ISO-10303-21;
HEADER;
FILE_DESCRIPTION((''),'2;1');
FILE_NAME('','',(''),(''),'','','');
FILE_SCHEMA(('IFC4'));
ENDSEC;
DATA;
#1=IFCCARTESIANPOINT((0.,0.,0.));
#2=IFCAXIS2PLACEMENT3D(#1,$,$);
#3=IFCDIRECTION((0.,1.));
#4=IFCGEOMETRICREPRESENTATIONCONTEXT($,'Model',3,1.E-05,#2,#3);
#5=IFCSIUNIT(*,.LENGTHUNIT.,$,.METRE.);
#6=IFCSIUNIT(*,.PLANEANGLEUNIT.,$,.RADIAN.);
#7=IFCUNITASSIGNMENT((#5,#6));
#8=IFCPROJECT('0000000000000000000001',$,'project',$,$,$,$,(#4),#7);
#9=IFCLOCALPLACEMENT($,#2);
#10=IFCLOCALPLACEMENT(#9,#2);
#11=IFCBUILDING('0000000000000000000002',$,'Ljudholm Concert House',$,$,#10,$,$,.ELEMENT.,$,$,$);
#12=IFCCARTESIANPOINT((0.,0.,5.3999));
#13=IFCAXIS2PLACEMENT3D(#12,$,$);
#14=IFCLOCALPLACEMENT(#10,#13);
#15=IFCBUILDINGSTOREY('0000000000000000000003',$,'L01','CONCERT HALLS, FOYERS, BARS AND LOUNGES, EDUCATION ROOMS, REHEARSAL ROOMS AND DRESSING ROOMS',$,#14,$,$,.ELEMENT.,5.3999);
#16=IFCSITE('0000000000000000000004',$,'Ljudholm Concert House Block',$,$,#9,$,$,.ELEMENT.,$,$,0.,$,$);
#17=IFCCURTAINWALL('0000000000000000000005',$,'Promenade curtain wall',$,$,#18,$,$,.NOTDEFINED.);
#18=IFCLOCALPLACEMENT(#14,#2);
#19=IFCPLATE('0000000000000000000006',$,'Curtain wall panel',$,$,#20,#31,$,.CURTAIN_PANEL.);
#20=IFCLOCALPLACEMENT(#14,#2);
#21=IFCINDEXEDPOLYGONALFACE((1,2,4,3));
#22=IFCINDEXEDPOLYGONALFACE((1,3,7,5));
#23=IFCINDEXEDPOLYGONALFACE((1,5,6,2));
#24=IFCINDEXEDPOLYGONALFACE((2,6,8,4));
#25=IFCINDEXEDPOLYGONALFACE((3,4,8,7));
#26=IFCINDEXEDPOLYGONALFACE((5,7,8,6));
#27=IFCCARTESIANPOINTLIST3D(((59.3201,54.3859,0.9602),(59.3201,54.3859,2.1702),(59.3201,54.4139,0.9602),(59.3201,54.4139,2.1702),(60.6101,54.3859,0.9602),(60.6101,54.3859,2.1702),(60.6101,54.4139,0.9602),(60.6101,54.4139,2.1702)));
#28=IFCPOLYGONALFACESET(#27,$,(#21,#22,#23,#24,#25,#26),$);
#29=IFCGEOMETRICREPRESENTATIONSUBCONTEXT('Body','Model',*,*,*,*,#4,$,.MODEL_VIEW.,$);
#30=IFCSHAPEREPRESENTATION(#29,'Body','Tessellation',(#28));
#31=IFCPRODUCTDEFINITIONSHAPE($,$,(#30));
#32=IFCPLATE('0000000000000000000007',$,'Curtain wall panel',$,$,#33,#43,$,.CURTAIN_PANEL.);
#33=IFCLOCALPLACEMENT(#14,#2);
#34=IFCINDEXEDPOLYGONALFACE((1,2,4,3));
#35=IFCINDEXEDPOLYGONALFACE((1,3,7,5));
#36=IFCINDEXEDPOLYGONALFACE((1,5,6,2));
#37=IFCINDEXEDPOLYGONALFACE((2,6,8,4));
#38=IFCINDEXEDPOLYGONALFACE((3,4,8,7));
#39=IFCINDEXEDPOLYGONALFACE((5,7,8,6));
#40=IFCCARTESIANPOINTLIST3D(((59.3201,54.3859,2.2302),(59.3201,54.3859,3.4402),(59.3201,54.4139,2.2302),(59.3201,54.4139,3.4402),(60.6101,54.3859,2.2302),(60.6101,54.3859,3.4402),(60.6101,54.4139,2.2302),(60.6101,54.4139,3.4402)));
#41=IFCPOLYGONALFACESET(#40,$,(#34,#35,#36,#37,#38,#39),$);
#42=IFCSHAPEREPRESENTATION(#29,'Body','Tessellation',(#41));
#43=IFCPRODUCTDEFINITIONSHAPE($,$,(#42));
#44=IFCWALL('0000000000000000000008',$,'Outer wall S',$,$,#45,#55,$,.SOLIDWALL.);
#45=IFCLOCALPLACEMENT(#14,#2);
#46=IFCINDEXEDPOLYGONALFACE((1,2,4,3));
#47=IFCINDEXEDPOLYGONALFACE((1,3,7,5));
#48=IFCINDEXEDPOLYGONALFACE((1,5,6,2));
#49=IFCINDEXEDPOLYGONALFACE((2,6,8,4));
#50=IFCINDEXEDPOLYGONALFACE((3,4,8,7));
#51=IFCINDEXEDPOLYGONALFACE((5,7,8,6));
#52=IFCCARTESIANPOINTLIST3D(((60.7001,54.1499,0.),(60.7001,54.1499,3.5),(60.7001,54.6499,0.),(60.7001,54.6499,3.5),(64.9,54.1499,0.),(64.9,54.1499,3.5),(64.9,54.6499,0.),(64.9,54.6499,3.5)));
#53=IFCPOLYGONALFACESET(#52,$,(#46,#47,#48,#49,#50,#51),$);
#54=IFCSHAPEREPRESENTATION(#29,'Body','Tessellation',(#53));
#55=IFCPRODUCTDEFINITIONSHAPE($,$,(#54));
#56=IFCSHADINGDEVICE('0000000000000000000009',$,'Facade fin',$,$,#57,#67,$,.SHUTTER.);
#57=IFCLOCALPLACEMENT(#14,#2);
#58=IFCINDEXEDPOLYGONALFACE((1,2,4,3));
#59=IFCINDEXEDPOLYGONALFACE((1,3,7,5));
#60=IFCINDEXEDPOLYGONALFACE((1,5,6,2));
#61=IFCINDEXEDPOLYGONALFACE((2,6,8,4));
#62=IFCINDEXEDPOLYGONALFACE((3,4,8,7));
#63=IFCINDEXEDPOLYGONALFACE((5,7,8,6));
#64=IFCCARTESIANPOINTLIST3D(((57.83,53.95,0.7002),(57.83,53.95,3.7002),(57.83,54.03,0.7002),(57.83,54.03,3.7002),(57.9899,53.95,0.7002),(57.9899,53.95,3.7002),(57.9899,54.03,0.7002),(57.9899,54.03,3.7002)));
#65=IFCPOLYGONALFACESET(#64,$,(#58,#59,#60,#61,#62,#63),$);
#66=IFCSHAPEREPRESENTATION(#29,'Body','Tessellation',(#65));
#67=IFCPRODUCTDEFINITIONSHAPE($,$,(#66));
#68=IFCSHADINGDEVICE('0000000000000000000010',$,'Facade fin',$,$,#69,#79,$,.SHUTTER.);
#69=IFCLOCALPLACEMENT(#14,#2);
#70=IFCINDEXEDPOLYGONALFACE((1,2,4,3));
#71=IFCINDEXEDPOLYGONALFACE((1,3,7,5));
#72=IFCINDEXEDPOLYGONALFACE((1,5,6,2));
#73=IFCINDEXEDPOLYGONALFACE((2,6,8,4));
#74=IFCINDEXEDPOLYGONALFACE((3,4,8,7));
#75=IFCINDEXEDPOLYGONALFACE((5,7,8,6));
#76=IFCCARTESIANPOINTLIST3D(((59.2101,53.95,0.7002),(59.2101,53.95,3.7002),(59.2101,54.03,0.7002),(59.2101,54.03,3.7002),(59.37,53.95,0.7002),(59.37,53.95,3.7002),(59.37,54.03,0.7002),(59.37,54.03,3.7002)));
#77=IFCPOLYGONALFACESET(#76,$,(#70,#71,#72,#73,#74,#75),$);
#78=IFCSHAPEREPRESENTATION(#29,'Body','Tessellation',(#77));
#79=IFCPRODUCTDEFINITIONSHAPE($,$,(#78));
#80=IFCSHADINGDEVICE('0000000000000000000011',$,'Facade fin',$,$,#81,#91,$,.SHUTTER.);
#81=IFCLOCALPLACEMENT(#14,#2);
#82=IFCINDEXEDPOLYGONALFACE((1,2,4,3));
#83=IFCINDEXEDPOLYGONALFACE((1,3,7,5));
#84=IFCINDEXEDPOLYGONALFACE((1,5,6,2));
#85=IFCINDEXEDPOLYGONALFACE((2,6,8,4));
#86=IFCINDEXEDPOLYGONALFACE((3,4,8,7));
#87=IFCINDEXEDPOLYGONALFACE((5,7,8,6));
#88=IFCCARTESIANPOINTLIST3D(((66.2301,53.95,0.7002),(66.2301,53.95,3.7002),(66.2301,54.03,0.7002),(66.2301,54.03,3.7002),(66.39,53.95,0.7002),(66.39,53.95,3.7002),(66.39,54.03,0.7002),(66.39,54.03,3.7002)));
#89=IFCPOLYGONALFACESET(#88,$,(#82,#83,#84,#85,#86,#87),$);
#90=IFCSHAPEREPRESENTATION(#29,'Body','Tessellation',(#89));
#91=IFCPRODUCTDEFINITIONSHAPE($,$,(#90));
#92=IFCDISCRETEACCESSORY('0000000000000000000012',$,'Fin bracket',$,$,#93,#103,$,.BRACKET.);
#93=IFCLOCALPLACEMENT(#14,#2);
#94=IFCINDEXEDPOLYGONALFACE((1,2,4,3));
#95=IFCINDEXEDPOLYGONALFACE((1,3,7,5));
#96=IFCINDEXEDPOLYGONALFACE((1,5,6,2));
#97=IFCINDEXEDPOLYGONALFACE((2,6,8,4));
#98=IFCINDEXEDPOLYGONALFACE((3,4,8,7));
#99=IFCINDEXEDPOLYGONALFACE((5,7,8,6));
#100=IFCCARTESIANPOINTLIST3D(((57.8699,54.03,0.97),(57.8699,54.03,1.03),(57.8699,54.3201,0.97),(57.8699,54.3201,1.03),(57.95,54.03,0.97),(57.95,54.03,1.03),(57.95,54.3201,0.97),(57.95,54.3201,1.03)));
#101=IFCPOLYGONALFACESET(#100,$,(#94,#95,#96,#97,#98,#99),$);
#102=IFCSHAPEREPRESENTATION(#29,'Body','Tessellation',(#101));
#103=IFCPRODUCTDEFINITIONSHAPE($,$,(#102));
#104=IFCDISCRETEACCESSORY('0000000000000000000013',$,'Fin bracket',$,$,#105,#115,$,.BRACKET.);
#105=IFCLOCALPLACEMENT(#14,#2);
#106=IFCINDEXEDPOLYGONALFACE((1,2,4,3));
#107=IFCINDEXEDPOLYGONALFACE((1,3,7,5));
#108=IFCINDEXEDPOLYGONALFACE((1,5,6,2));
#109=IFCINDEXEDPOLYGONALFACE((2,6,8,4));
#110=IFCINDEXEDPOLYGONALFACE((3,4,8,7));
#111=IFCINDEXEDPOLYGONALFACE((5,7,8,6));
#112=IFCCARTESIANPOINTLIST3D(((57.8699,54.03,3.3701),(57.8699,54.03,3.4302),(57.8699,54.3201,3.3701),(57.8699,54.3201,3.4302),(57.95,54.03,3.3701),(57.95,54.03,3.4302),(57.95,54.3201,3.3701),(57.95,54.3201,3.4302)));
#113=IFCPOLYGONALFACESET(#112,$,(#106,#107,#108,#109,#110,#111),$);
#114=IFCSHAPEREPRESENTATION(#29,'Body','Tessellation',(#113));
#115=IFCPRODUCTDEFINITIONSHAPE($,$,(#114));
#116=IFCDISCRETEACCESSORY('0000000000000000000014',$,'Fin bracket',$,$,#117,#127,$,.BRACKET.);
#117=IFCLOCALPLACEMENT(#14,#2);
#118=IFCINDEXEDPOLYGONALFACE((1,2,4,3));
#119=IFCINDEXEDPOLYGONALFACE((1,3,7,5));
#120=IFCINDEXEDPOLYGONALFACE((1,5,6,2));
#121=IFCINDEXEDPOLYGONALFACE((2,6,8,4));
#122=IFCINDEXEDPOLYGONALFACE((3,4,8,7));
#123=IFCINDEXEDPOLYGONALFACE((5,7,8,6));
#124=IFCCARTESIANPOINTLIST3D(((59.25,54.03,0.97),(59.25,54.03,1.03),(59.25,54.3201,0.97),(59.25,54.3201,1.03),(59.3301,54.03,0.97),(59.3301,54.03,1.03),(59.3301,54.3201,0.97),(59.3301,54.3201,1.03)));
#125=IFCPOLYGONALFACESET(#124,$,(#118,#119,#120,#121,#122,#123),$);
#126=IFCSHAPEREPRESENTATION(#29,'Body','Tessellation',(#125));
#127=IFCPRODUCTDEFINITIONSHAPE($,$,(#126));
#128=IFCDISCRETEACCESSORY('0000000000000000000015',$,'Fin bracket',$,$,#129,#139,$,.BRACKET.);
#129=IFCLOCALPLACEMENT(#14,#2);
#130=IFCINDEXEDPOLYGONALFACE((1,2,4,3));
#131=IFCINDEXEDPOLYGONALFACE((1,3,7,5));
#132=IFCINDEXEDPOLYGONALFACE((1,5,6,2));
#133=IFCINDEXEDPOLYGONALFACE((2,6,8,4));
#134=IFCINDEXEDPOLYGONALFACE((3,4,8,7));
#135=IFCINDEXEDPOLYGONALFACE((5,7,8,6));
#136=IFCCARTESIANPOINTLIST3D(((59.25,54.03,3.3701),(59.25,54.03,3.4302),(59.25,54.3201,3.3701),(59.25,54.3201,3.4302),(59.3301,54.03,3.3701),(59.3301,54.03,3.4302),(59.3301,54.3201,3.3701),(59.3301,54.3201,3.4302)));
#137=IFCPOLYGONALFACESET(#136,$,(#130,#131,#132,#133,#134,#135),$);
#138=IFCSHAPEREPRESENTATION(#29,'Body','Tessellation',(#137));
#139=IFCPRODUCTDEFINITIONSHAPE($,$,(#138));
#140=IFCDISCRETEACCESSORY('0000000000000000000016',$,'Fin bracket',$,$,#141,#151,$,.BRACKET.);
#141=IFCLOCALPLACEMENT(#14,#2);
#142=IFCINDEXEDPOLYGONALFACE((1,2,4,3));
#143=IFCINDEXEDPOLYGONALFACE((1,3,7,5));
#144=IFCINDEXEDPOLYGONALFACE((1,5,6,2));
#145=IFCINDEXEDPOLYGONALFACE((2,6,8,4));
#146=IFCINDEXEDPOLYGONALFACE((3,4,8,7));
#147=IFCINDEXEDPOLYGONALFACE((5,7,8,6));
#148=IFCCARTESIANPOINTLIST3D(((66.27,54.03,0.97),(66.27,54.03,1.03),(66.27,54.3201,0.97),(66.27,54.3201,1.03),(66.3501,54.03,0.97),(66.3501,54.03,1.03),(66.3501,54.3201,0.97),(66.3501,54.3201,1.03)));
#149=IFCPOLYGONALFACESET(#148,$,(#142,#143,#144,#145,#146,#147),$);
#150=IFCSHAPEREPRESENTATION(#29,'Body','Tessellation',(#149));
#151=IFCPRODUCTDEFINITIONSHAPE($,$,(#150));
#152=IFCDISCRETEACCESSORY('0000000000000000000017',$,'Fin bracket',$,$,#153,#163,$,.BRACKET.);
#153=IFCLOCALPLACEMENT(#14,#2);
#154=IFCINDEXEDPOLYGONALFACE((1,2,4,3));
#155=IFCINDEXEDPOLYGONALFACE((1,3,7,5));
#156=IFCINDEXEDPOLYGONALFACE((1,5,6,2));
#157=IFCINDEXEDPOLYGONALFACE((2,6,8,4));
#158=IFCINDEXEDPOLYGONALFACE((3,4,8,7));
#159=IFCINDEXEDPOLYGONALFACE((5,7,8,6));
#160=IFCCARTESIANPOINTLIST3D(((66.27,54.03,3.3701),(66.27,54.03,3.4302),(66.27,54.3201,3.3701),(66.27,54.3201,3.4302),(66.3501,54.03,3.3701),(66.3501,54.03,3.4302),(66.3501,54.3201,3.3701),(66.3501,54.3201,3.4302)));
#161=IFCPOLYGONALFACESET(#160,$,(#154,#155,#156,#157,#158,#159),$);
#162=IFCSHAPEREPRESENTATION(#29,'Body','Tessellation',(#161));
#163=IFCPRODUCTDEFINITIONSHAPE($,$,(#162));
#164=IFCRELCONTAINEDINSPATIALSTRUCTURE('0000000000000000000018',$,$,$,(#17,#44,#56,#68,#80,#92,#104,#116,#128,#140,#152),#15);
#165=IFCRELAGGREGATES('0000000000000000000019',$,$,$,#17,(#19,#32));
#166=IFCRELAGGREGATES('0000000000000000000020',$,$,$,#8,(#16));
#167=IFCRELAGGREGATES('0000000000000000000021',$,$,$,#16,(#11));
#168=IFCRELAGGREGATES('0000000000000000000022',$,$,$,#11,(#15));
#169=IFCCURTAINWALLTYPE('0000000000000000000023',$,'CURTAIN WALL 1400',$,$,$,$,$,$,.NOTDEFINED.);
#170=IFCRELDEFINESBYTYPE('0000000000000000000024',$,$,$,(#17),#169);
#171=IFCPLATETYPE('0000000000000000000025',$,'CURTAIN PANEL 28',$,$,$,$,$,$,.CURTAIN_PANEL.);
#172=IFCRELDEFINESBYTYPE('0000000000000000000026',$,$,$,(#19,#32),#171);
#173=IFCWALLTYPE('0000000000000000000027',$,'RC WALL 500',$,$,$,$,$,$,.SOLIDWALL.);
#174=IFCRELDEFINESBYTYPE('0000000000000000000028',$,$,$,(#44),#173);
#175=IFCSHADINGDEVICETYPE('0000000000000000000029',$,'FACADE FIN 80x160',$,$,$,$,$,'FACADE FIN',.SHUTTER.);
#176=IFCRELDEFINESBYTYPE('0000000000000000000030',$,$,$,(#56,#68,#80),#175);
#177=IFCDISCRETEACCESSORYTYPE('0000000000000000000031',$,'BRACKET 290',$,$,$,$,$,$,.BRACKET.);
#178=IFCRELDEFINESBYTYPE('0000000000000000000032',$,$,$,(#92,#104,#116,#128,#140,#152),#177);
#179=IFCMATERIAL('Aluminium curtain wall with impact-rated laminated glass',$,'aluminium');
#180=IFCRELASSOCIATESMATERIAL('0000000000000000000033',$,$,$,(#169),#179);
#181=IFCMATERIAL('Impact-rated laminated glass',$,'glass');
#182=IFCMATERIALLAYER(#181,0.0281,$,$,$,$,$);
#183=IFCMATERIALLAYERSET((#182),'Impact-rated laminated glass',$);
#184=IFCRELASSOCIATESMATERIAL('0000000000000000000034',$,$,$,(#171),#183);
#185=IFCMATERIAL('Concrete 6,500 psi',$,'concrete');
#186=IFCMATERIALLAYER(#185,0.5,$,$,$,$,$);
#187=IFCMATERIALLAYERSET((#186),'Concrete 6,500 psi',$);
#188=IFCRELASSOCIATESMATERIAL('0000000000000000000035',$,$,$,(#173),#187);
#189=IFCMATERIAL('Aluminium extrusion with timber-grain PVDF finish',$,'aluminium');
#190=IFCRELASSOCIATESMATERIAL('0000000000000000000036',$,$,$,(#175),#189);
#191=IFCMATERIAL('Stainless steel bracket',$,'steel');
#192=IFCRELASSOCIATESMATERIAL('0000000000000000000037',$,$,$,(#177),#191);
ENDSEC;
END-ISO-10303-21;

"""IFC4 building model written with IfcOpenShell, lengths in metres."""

from ifc_helpers import new_model, si_unit, direction, frame, frame_2d, origin, origin_2d, place, context, subcontext, project, spatial, rectangle, extrude, material, layer, layer_set, type_object, element, aggregate, save


model = new_model("IFC4")

# Units and contexts
model_context = context("Model", 3, precision=1e-05, world=origin(), true_north=direction((0.0, 1.0)))
body_context = subcontext(model_context, "Body", "Model", "MODEL_VIEW")
ifc_project = project(units=[si_unit("LENGTHUNIT", "METRE"), si_unit("PLANEANGLEUNIT", "RADIAN")], contexts=[model_context])

# Site, building, storey
site_placement = place(None, origin())
site = spatial("IfcSite", under=ifc_project, at=site_placement, Name="Ljudholm Concert House Block", CompositionType="ELEMENT", RefElevation=0.0)
building_placement = place(site_placement, origin())
building = spatial("IfcBuilding", under=site, at=building_placement, Name="Ljudholm Concert House", CompositionType="ELEMENT")
storey_placement = place(building_placement, frame((0.0, 0.0, 5.3999)))
storey = spatial("IfcBuildingStorey", under=building, at=storey_placement, Name="L01", Description="CONCERT HALLS, FOYERS, BARS AND LOUNGES, EDUCATION ROOMS, REHEARSAL ROOMS AND DRESSING ROOMS", CompositionType="ELEMENT", Elevation=5.3999)

# Curtain wall, plates
ifc_material_1 = material(Name="Aluminium curtain wall with impact-rated laminated glass", Category="aluminium")
curtain_wall_type = type_object("IfcCurtainWallType", Name="CURTAIN WALL 1400", PredefinedType="NOTDEFINED", material=ifc_material_1)
curtain_wall_placement = place(storey_placement, origin())
curtain_wall = element("IfcCurtainWall", 1, at=curtain_wall_placement, inside=storey, type_object=curtain_wall_type, Name="Promenade curtain wall", PredefinedType="NOTDEFINED")
ifc_material_2 = material(Name="Impact-rated laminated glass", Category="glass")
ifc_layer_1 = layer(ifc_material_2, 0.0281)
ifc_layer_set_1 = layer_set([ifc_layer_1], Name="Impact-rated laminated glass")
plate_type = type_object("IfcPlateType", Name="CURTAIN PANEL 28", PredefinedType="CURTAIN_PANEL", material=ifc_layer_set_1)
plate_1_placement = place(storey_placement, frame((59.9651, 54.3999, 0.9602), z_axis=(0.0, 0.0, 1.0), x_axis=(1.0, 0.0, 0.0)))
plate_1 = element("IfcPlate", 2, at=plate_1_placement, type_object=plate_type, Name="Curtain wall panel", PredefinedType="CURTAIN_PANEL", context=body_context, shape_type="SweptSolid", body=[
    extrude(rectangle(XDim=1.29, YDim=0.0281, at=origin_2d()), origin(), (0.0, 0.0, 1.0), 1.21),
])
plate_2_placement = place(storey_placement, frame((59.9651, 54.3999, 2.2302), z_axis=(0.0, 0.0, 1.0), x_axis=(1.0, 0.0, 0.0)))
plate_2 = element("IfcPlate", 3, at=plate_2_placement, type_object=plate_type, Name="Curtain wall panel", PredefinedType="CURTAIN_PANEL", context=body_context, shape_type="SweptSolid", body=[
    extrude(rectangle(XDim=1.29, YDim=0.0281, at=origin_2d()), origin(), (0.0, 0.0, 1.0), 1.21),
])
aggregate(curtain_wall, [plate_1, plate_2])

# Wall
ifc_material_3 = material(Name="Concrete 6,500 psi", Category="concrete")
ifc_layer_2 = layer(ifc_material_3, 0.5)
ifc_layer_set_2 = layer_set([ifc_layer_2], Name="Concrete 6,500 psi")
wall_type = type_object("IfcWallType", Name="RC WALL 500", PredefinedType="SOLIDWALL", material=ifc_layer_set_2)
wall_placement = place(storey_placement, frame((60.7, 54.3999, 0.0), z_axis=(0.0, 0.0, 1.0), x_axis=(1.0, 0.0, 0.0)))
element("IfcWall", 4, at=wall_placement, inside=storey, type_object=wall_type, Name="Outer wall S", PredefinedType="SOLIDWALL", context=body_context, shape_type="SweptSolid", body=[
    extrude(rectangle(XDim=4.2, YDim=0.5, at=frame_2d((2.1001, 0.0))), origin(), (0.0, 0.0, 1.0), 3.5),
])

# Shading devices
ifc_material_4 = material(Name="Aluminium extrusion with timber-grain PVDF finish", Category="aluminium")
shading_device_type = type_object("IfcShadingDeviceType", Name="FACADE FIN 80x160", ElementType="FACADE FIN", PredefinedType="SHUTTER", material=ifc_material_4)
for number, where, z_axis, x_axis, name in (
    (5, (57.9099, 53.99, 0.7002), (0.0, 0.0, 1.0), (0.0, -1.0, 0.0), "Facade fin"),
    (6, (59.29, 53.99, 0.7002), (0.0, 0.0, 1.0), (0.0, -1.0, 0.0), "Facade fin"),
    (7, (66.3101, 53.99, 0.7002), (0.0, 0.0, 1.0), (0.0, -1.0, 0.0), "Facade fin"),
):
    element("IfcShadingDevice", number, at=place(storey_placement, frame(where, z_axis=z_axis, x_axis=x_axis)), inside=storey, type_object=shading_device_type, Name=name, PredefinedType="SHUTTER", context=body_context, shape_type="SweptSolid", body=[
        extrude(rectangle(XDim=0.0801, YDim=0.1599, at=origin_2d()), origin(), (0.0, 0.0, 1.0), 3.0),
    ])

# Discrete accessories
ifc_material_5 = material(Name="Stainless steel bracket", Category="steel")
discrete_accessory_type = type_object("IfcDiscreteAccessoryType", Name="BRACKET 290", PredefinedType="BRACKET", material=ifc_material_5)
for number, where, z_axis, x_axis, name in (
    (8, (57.9099, 54.175, 0.97), (0.0, 0.0, 1.0), (0.0, -1.0, 0.0), "Fin bracket"),
    (9, (57.9099, 54.175, 3.3701), (0.0, 0.0, 1.0), (0.0, -1.0, 0.0), "Fin bracket"),
    (10, (59.29, 54.175, 0.97), (0.0, 0.0, 1.0), (0.0, -1.0, 0.0), "Fin bracket"),
    (11, (59.29, 54.175, 3.3701), (0.0, 0.0, 1.0), (0.0, -1.0, 0.0), "Fin bracket"),
    (12, (66.3101, 54.175, 0.97), (0.0, 0.0, 1.0), (0.0, -1.0, 0.0), "Fin bracket"),
    (13, (66.3101, 54.175, 3.3701), (0.0, 0.0, 1.0), (0.0, -1.0, 0.0), "Fin bracket"),
):
    element("IfcDiscreteAccessory", number, at=place(storey_placement, frame(where, z_axis=z_axis, x_axis=x_axis)), inside=storey, type_object=discrete_accessory_type, Name=name, PredefinedType="BRACKET", context=body_context, shape_type="SweptSolid", body=[
        extrude(rectangle(XDim=0.29, YDim=0.0801, at=origin_2d()), origin(), (0.0, 0.0, 1.0), 0.0601),
    ])

save(model, "model.ifc")
